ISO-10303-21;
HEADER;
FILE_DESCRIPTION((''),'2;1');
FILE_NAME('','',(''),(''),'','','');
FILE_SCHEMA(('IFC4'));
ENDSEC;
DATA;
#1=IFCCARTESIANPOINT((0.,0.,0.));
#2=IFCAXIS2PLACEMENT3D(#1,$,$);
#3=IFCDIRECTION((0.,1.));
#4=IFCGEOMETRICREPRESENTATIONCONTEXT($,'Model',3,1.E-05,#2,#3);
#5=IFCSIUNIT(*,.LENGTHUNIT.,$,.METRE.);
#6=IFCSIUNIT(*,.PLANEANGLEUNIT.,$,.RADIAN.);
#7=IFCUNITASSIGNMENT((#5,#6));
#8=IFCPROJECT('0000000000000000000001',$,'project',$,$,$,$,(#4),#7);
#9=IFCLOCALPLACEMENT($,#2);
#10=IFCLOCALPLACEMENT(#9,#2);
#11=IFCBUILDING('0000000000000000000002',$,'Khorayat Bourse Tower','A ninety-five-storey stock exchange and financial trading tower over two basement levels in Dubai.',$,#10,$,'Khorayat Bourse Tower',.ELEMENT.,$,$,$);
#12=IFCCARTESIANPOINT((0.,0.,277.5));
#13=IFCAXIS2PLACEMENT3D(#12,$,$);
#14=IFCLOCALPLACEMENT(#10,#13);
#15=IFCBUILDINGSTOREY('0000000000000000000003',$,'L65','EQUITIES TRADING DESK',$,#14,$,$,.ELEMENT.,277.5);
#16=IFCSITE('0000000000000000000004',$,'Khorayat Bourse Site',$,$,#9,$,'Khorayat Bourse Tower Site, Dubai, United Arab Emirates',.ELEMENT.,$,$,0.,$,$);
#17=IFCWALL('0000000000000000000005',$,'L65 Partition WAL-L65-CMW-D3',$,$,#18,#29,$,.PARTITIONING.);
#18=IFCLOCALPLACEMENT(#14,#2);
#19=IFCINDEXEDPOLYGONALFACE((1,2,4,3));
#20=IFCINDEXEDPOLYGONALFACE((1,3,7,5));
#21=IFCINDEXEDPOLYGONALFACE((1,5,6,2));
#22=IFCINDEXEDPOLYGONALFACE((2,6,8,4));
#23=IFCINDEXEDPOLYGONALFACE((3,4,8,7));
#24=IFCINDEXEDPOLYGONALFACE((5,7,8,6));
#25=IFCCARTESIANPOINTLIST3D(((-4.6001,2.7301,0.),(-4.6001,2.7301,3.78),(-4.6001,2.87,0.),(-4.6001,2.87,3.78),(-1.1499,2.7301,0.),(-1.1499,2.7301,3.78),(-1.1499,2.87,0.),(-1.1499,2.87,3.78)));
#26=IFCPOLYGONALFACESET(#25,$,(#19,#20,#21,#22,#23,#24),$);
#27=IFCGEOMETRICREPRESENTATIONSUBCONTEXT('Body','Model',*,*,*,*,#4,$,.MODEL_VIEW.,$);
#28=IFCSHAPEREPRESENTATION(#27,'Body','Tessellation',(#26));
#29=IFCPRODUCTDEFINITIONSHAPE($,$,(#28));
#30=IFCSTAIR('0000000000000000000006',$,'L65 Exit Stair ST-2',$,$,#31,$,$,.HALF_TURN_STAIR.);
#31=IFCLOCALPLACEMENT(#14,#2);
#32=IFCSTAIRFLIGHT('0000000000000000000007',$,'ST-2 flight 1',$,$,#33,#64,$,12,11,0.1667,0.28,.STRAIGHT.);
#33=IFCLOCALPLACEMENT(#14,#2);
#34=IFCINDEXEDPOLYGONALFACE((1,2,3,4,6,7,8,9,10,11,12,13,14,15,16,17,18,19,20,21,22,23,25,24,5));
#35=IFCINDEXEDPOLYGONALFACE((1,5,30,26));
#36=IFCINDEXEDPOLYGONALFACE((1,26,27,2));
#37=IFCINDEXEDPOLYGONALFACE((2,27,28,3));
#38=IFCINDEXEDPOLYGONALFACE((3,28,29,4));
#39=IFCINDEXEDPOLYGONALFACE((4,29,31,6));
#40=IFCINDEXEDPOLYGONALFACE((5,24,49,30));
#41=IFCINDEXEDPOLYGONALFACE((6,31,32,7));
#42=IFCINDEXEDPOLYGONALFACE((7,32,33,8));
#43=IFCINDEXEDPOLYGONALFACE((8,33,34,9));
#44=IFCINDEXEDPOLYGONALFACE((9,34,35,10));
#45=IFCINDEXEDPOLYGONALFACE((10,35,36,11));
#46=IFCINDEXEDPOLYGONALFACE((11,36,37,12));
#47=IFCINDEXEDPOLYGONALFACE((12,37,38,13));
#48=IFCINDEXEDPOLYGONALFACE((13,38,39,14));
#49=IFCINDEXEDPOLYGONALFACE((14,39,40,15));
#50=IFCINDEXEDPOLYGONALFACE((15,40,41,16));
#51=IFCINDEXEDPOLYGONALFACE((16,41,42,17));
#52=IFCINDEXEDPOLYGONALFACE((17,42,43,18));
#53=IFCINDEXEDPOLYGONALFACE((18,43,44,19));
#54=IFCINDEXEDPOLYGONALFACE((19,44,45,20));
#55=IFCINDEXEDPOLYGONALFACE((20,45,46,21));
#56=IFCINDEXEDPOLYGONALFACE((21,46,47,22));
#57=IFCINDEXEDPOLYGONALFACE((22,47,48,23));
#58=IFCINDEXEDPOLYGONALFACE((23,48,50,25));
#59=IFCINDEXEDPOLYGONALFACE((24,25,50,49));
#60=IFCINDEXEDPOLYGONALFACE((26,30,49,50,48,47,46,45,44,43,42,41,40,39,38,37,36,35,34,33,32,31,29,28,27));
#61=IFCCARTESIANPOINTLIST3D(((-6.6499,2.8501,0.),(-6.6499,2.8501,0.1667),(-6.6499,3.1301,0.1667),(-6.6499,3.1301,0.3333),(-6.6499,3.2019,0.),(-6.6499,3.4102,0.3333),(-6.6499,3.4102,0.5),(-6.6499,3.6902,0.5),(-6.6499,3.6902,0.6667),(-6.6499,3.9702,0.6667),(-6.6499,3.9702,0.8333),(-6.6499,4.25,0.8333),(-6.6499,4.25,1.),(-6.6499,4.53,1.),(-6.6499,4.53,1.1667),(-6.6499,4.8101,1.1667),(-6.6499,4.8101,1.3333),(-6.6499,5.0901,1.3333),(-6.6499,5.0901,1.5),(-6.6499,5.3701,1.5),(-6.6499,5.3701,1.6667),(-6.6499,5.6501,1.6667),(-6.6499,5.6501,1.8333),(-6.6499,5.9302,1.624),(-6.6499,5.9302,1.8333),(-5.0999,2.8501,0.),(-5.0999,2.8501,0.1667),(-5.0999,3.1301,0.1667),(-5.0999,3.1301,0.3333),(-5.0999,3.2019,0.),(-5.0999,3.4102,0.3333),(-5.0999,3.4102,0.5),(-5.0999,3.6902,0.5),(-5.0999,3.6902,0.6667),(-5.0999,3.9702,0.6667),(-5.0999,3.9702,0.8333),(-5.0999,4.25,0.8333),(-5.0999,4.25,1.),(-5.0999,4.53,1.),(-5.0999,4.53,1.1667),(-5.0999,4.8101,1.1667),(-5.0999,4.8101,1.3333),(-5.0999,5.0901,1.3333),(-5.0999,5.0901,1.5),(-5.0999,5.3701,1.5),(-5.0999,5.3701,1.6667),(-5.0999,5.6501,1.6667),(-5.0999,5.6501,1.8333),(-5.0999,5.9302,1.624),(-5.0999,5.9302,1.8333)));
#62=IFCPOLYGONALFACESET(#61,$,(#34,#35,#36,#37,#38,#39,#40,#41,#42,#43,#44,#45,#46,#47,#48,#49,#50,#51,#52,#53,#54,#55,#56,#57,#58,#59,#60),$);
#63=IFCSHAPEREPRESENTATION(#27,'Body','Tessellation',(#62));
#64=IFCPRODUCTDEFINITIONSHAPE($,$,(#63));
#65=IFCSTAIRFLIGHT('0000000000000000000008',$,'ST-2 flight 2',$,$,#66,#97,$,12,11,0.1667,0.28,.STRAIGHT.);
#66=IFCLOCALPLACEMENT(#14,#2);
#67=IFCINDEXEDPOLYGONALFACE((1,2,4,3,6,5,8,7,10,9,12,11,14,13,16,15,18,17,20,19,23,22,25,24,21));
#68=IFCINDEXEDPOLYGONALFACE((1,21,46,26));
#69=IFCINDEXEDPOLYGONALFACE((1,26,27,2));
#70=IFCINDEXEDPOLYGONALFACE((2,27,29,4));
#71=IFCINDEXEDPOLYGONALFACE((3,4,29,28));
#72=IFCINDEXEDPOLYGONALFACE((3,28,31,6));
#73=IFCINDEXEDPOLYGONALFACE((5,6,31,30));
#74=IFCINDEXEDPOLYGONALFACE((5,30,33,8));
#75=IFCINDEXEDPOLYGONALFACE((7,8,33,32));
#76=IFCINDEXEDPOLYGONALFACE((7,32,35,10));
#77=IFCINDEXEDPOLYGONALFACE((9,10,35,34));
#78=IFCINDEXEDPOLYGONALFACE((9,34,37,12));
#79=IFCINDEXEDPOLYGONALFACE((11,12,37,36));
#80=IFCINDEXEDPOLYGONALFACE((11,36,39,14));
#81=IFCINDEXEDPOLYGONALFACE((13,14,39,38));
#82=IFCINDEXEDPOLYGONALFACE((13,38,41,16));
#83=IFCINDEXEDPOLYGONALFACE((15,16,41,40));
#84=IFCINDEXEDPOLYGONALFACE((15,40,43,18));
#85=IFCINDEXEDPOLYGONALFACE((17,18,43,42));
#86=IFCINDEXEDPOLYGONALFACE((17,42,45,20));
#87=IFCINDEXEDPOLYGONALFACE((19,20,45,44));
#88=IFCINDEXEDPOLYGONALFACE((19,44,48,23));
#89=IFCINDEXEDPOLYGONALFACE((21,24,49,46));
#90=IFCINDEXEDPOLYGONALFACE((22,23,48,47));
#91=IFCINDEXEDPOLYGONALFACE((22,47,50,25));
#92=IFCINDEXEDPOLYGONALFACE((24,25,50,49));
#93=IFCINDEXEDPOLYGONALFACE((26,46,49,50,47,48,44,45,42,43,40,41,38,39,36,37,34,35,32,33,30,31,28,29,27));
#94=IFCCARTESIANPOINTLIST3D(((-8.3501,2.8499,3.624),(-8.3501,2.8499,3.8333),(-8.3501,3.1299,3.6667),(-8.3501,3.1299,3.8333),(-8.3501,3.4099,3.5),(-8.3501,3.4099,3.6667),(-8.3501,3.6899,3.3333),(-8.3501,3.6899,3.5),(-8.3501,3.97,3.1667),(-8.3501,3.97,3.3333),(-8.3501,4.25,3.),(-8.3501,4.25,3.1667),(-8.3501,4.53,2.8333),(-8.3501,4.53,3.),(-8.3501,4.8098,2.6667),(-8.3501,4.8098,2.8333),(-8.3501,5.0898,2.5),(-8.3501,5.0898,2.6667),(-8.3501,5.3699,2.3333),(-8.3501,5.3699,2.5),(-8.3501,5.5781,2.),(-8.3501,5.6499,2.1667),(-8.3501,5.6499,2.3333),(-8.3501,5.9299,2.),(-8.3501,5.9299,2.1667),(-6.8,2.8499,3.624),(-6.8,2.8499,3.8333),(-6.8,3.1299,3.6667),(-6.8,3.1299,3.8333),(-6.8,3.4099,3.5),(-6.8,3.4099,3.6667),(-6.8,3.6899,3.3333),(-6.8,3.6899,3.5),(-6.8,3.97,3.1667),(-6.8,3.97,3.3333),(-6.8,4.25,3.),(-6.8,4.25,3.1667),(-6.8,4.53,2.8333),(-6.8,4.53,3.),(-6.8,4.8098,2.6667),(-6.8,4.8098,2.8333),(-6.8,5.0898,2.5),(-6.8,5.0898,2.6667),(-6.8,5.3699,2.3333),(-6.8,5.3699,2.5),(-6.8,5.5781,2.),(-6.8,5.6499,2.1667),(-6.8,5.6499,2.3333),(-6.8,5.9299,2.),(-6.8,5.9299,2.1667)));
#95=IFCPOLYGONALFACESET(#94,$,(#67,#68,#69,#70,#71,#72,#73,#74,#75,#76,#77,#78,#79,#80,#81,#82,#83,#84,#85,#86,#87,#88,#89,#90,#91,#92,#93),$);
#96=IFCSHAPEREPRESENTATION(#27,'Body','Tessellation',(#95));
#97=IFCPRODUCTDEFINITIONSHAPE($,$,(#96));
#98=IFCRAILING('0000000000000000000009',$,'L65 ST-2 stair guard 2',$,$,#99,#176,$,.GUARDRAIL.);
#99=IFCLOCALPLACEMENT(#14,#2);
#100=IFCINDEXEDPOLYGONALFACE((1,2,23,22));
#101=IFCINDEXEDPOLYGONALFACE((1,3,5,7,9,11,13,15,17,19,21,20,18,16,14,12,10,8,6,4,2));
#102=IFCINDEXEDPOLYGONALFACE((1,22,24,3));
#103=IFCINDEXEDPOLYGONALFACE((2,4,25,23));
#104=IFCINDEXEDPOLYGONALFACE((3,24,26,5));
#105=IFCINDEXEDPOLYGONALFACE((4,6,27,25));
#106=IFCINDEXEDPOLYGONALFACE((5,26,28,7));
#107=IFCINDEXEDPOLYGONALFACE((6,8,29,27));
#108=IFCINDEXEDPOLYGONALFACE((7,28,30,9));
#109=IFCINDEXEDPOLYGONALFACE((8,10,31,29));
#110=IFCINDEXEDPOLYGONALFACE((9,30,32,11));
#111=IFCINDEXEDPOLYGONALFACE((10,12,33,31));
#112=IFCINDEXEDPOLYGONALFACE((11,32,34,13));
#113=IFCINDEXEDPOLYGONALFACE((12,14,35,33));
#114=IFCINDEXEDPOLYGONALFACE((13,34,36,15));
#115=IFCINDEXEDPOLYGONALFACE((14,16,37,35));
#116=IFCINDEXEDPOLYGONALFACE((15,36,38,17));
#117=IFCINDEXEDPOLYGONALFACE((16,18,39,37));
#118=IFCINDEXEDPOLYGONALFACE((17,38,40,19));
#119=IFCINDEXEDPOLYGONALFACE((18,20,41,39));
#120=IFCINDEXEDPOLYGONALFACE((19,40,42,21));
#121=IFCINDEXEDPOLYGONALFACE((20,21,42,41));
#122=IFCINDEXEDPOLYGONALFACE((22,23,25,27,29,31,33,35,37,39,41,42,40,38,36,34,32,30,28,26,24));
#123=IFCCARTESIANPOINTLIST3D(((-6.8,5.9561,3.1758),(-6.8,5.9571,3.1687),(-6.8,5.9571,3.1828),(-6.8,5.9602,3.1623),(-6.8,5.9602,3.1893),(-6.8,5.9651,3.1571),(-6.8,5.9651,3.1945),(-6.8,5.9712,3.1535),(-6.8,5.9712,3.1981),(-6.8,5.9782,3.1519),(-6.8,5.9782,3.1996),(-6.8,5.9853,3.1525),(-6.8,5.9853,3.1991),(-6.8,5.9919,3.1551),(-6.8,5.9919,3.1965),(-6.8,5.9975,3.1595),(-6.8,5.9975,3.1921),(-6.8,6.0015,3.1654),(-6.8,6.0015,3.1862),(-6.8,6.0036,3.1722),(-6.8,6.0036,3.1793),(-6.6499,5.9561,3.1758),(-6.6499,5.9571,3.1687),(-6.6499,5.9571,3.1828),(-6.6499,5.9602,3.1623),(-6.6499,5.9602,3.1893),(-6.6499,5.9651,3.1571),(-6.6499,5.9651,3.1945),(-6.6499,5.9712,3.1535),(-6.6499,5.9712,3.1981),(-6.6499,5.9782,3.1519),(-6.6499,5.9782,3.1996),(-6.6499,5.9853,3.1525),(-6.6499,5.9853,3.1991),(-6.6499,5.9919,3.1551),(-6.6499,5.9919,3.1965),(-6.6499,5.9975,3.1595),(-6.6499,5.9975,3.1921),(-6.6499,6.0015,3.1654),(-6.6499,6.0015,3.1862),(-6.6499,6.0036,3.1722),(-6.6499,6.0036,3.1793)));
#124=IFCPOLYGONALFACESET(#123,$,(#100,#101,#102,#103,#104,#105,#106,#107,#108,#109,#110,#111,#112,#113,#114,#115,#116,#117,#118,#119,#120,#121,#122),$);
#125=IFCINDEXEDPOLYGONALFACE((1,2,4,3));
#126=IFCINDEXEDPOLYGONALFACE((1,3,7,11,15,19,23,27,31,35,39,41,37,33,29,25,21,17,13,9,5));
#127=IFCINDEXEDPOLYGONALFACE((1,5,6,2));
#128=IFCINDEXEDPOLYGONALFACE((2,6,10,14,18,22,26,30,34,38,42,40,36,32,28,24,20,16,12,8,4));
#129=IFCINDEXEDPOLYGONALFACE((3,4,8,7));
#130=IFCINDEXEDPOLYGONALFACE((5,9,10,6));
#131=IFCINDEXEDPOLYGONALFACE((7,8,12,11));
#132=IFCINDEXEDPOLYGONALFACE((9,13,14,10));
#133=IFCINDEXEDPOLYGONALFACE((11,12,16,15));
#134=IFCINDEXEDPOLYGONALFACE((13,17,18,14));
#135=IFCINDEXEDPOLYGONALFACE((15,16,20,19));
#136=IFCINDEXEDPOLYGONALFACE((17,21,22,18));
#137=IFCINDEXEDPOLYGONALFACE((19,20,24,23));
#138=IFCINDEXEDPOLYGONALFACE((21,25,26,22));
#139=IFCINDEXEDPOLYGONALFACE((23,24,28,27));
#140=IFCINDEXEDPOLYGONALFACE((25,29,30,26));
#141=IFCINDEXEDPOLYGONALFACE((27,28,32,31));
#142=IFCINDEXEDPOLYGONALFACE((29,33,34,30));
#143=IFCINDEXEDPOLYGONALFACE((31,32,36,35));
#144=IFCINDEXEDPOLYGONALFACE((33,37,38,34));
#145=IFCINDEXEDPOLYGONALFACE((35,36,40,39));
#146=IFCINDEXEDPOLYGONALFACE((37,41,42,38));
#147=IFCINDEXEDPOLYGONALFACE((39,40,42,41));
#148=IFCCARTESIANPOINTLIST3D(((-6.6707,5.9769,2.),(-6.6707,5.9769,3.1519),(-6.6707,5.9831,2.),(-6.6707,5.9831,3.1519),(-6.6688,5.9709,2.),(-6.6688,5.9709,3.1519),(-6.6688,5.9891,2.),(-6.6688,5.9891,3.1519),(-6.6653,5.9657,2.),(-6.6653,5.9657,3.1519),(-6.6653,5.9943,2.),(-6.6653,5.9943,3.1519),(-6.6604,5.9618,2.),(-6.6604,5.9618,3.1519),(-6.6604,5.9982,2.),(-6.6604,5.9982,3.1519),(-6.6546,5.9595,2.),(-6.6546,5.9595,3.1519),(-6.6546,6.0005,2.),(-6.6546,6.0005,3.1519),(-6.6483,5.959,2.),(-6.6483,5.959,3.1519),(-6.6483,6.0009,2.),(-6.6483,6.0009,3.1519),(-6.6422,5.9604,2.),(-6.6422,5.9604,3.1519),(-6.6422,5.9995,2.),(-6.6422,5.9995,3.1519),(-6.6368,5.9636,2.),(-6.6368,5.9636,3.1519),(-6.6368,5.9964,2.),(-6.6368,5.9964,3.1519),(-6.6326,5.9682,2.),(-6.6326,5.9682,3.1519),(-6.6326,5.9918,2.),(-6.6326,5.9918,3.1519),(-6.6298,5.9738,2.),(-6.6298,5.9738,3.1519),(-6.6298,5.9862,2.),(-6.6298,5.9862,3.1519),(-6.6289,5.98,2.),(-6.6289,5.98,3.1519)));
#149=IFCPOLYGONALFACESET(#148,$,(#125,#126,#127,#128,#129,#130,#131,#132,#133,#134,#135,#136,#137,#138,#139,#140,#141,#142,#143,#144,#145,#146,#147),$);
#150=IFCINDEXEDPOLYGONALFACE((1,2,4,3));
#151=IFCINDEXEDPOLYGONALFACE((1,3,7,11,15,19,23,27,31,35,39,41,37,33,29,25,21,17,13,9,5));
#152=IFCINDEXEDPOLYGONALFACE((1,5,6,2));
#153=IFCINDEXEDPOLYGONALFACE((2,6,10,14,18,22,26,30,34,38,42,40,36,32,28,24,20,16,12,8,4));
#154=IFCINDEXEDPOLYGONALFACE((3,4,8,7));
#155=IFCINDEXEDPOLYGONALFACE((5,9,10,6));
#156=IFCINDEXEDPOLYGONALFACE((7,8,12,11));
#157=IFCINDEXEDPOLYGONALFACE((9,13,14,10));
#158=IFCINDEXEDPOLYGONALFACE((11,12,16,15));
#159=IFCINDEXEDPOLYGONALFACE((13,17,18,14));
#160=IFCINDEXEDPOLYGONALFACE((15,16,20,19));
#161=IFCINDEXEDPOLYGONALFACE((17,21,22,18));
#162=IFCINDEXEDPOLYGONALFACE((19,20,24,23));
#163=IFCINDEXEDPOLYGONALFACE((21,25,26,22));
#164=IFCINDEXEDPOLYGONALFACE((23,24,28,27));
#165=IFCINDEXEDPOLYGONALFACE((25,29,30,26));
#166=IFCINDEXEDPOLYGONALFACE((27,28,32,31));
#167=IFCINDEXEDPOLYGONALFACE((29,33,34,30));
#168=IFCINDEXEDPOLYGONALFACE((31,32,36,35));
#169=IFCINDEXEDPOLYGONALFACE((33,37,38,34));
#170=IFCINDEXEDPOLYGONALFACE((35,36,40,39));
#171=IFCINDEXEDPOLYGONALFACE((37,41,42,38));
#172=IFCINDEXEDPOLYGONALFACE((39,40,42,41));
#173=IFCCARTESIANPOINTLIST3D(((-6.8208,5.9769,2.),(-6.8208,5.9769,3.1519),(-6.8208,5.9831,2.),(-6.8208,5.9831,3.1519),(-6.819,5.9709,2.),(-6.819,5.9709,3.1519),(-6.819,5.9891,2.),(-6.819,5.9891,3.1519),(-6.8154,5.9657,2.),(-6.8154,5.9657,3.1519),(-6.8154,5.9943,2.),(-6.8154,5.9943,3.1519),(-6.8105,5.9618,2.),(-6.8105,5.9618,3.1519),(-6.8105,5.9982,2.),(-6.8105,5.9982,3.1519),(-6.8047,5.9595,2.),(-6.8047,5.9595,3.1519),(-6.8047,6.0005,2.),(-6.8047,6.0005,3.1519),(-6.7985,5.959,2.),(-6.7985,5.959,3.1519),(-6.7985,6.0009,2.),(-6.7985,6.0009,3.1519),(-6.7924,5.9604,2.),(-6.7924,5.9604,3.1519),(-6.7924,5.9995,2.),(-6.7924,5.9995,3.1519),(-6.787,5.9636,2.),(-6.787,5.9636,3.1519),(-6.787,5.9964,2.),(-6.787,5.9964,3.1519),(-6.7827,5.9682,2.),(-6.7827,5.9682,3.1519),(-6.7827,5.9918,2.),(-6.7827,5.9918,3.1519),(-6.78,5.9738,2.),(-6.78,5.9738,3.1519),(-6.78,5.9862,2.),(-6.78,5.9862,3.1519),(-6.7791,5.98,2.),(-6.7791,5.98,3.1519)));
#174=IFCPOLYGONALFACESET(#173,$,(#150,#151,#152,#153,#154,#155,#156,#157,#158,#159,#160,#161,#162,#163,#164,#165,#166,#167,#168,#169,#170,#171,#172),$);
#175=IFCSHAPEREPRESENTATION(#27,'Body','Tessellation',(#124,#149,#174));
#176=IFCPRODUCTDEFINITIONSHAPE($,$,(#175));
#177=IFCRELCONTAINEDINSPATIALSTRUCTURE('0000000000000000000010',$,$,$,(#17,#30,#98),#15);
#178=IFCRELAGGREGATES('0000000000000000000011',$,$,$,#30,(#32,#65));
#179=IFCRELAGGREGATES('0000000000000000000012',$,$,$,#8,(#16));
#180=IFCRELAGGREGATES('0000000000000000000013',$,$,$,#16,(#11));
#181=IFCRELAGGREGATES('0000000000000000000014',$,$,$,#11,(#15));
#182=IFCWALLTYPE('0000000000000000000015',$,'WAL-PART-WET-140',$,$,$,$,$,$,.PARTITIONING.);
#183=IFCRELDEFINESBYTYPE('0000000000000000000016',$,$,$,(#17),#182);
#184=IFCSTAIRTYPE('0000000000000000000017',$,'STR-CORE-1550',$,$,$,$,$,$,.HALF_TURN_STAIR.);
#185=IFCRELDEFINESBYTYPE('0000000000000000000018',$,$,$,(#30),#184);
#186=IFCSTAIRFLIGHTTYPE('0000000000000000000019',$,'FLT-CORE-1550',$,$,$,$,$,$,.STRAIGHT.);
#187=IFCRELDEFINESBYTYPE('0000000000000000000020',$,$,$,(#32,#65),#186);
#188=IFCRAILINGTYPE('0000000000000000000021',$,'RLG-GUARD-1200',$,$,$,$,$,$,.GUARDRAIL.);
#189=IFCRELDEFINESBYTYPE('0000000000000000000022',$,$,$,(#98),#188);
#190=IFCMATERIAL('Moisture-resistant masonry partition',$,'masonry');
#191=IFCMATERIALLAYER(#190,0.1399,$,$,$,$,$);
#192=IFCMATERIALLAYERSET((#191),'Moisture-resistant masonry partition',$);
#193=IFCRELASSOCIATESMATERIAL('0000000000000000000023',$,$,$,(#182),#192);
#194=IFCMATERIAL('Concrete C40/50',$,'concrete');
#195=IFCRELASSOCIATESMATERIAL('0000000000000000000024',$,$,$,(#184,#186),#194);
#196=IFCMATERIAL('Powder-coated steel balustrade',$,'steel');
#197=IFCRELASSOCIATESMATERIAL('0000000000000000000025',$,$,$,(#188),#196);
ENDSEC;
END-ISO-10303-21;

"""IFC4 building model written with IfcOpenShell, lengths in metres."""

from ifc_helpers import new_model, si_unit, direction, frame, frame_2d, origin, origin_2d, place, context, subcontext, project, spatial, polyline, rectangle, circle, outline, extrude, source, transform, mapped, material, layer, layer_set, type_object, element, aggregate, save


model = new_model("IFC4")

# Units and contexts
model_context = context("Model", 3, precision=1e-05, world=origin(), true_north=direction((0.0, 1.0)))
body_context = subcontext(model_context, "Body", "Model", "MODEL_VIEW")
ifc_project = project(units=[si_unit("LENGTHUNIT", "METRE"), si_unit("PLANEANGLEUNIT", "RADIAN")], contexts=[model_context])

# Site, building, storey
site_placement = place(None, origin())
site = spatial("IfcSite", under=ifc_project, at=site_placement, Name="Khorayat Bourse Site", LongName="Khorayat Bourse Tower Site, Dubai, United Arab Emirates", CompositionType="ELEMENT", RefElevation=0.0)
building_placement = place(site_placement, origin())
building = spatial("IfcBuilding", under=site, at=building_placement, Name="Khorayat Bourse Tower", Description="A ninety-five-storey stock exchange and financial trading tower over two basement levels in Dubai.", LongName="Khorayat Bourse Tower", CompositionType="ELEMENT")
storey_placement = place(building_placement, frame((0.0, 0.0, 277.5)))
storey = spatial("IfcBuildingStorey", under=building, at=storey_placement, Name="L65", Description="EQUITIES TRADING DESK", CompositionType="ELEMENT", Elevation=277.5)

# Wall
ifc_material_1 = material(Name="Moisture-resistant masonry partition", Category="masonry")
ifc_layer_1 = layer(ifc_material_1, 0.1399)
ifc_layer_set_1 = layer_set([ifc_layer_1], Name="Moisture-resistant masonry partition")
wall_type_1 = type_object("IfcWallType", Name="WAL-PART-WET-140", PredefinedType="PARTITIONING", material=ifc_layer_set_1)
shared_shape_1 = source(origin(), body_context, "Body", "SweptSolid", [
    extrude(rectangle(XDim=3.4502, YDim=0.1399, at=frame_2d((1.7251, 0.0))), origin(), (0.0, 0.0, 1.0), 3.78),
])
for number, where, z_axis, x_axis, name in (
    (1, (-4.6001, 2.8, 0.0), (0.0, 0.0, 1.0), (1.0, 0.0, 0.0), "L65 Partition WAL-L65-CMW-D3"),
):
    element("IfcWall", number, at=place(storey_placement, frame(where, z_axis=z_axis, x_axis=x_axis)), inside=storey, type_object=wall_type_1, Name=name, PredefinedType="PARTITIONING", context=body_context, shape_type="MappedRepresentation", body=[
        mapped(shared_shape_1, transform((0.0, 0.0, 0.0), scale=1.0)),
    ])

# Stair, stair flights
ifc_material_2 = material(Name="Concrete C40/50", Category="concrete")
stair_type = type_object("IfcStairType", Name="STR-CORE-1550", PredefinedType="HALF_TURN_STAIR", material=ifc_material_2)
stair_placement = place(storey_placement, origin())
stair = element("IfcStair", 2, at=stair_placement, inside=storey, type_object=stair_type, Name="L65 Exit Stair ST-2", PredefinedType="HALF_TURN_STAIR")
stair_flight_type = type_object("IfcStairFlightType", Name="FLT-CORE-1550", PredefinedType="STRAIGHT", material=ifc_material_2)
shared_shape_2 = source(origin(), body_context, "Body", "SweptSolid", [
    extrude(outline(polyline([(0.0, 0.0), (0.0, 0.1667), (0.28, 0.1667), (0.28, 0.3333), (0.5601, 0.3333), (0.5601, 0.5), (0.8401, 0.5), (0.8401, 0.6667), (1.1201, 0.6667), (1.1201, 0.8333), (1.3999, 0.8333), (1.3999, 1.0), (1.6799, 1.0), (1.6799, 1.1667), (1.96, 1.1667), (1.96, 1.3333), (2.24, 1.3333), (2.24, 1.5), (2.52, 1.5), (2.52, 1.6667), (2.8, 1.6667), (2.8, 1.8333), (3.0801, 1.8333), (3.0801, 2.0), (3.0801, 1.624), (0.3518, 0.0), (0.0, 0.0)])), frame((0.0, 0.7749, 0.0), z_axis=(0.0, -1.0, 0.0), x_axis=(1.0, 0.0, 0.0)), (0.0, 0.0, 1.0), 1.55),
])
stair_flight_1_placement = place(storey_placement, frame((-5.875, 2.8501, 0.0), z_axis=(0.0, 0.0, 1.0), x_axis=(0.0, 1.0, 0.0)))
stair_flight_1 = element("IfcStairFlight", 3, at=stair_flight_1_placement, type_object=stair_flight_type, Name="ST-2 flight 1", NumberOfRisers=12, NumberOfTreads=11, PredefinedType="STRAIGHT", RiserHeight=0.1667, TreadLength=0.28, context=body_context, shape_type="MappedRepresentation", body=[
    mapped(shared_shape_2, transform((0.0, 0.0, 0.0), scale=1.0)),
])
stair_flight_2_placement = place(storey_placement, frame((-7.575, 5.9299, 2.0), z_axis=(0.0, 0.0, 1.0), x_axis=(0.0, -1.0, 0.0)))
stair_flight_2 = element("IfcStairFlight", 4, at=stair_flight_2_placement, type_object=stair_flight_type, Name="ST-2 flight 2", NumberOfRisers=12, NumberOfTreads=11, PredefinedType="STRAIGHT", RiserHeight=0.1667, TreadLength=0.28, context=body_context, shape_type="MappedRepresentation", body=[
    mapped(shared_shape_2, transform((0.0, 0.0, 0.0), scale=1.0)),
])
aggregate(stair, [stair_flight_1, stair_flight_2])

# Railing
ifc_material_3 = material(Name="Powder-coated steel balustrade", Category="steel")
railing_type_1 = type_object("IfcRailingType", Name="RLG-GUARD-1200", PredefinedType="GUARDRAIL", material=ifc_material_3)
shared_shape_3 = source(origin(), body_context, "Body", "SweptSolid", [
    extrude(circle(Radius=0.0239, at=origin_2d()), frame((0.0, 0.0, 1.1758), z_axis=(-1.0, 0.0, 0.0), x_axis=(0.0, -1.0, 0.0)), (0.0, 0.0, 1.0), 0.1501),
    extrude(circle(Radius=0.021, at=origin_2d()), origin(), (0.0, 0.0, 1.0), 1.1519),
    extrude(circle(Radius=0.021, at=origin_2d()), frame((-0.1501, 0.0, 0.0)), (0.0, 0.0, 1.0), 1.1519),
])
for number, where, name in (
    (5, (-6.6499, 5.98, 2.0), "L65 ST-2 stair guard 2"),
):
    element("IfcRailing", number, at=place(storey_placement, frame(where)), inside=storey, type_object=railing_type_1, Name=name, PredefinedType="GUARDRAIL", context=body_context, shape_type="MappedRepresentation", body=[
        mapped(shared_shape_3, transform((0.0, 0.0, 0.0), scale=1.0)),
    ])

save(model, "model.ifc")
